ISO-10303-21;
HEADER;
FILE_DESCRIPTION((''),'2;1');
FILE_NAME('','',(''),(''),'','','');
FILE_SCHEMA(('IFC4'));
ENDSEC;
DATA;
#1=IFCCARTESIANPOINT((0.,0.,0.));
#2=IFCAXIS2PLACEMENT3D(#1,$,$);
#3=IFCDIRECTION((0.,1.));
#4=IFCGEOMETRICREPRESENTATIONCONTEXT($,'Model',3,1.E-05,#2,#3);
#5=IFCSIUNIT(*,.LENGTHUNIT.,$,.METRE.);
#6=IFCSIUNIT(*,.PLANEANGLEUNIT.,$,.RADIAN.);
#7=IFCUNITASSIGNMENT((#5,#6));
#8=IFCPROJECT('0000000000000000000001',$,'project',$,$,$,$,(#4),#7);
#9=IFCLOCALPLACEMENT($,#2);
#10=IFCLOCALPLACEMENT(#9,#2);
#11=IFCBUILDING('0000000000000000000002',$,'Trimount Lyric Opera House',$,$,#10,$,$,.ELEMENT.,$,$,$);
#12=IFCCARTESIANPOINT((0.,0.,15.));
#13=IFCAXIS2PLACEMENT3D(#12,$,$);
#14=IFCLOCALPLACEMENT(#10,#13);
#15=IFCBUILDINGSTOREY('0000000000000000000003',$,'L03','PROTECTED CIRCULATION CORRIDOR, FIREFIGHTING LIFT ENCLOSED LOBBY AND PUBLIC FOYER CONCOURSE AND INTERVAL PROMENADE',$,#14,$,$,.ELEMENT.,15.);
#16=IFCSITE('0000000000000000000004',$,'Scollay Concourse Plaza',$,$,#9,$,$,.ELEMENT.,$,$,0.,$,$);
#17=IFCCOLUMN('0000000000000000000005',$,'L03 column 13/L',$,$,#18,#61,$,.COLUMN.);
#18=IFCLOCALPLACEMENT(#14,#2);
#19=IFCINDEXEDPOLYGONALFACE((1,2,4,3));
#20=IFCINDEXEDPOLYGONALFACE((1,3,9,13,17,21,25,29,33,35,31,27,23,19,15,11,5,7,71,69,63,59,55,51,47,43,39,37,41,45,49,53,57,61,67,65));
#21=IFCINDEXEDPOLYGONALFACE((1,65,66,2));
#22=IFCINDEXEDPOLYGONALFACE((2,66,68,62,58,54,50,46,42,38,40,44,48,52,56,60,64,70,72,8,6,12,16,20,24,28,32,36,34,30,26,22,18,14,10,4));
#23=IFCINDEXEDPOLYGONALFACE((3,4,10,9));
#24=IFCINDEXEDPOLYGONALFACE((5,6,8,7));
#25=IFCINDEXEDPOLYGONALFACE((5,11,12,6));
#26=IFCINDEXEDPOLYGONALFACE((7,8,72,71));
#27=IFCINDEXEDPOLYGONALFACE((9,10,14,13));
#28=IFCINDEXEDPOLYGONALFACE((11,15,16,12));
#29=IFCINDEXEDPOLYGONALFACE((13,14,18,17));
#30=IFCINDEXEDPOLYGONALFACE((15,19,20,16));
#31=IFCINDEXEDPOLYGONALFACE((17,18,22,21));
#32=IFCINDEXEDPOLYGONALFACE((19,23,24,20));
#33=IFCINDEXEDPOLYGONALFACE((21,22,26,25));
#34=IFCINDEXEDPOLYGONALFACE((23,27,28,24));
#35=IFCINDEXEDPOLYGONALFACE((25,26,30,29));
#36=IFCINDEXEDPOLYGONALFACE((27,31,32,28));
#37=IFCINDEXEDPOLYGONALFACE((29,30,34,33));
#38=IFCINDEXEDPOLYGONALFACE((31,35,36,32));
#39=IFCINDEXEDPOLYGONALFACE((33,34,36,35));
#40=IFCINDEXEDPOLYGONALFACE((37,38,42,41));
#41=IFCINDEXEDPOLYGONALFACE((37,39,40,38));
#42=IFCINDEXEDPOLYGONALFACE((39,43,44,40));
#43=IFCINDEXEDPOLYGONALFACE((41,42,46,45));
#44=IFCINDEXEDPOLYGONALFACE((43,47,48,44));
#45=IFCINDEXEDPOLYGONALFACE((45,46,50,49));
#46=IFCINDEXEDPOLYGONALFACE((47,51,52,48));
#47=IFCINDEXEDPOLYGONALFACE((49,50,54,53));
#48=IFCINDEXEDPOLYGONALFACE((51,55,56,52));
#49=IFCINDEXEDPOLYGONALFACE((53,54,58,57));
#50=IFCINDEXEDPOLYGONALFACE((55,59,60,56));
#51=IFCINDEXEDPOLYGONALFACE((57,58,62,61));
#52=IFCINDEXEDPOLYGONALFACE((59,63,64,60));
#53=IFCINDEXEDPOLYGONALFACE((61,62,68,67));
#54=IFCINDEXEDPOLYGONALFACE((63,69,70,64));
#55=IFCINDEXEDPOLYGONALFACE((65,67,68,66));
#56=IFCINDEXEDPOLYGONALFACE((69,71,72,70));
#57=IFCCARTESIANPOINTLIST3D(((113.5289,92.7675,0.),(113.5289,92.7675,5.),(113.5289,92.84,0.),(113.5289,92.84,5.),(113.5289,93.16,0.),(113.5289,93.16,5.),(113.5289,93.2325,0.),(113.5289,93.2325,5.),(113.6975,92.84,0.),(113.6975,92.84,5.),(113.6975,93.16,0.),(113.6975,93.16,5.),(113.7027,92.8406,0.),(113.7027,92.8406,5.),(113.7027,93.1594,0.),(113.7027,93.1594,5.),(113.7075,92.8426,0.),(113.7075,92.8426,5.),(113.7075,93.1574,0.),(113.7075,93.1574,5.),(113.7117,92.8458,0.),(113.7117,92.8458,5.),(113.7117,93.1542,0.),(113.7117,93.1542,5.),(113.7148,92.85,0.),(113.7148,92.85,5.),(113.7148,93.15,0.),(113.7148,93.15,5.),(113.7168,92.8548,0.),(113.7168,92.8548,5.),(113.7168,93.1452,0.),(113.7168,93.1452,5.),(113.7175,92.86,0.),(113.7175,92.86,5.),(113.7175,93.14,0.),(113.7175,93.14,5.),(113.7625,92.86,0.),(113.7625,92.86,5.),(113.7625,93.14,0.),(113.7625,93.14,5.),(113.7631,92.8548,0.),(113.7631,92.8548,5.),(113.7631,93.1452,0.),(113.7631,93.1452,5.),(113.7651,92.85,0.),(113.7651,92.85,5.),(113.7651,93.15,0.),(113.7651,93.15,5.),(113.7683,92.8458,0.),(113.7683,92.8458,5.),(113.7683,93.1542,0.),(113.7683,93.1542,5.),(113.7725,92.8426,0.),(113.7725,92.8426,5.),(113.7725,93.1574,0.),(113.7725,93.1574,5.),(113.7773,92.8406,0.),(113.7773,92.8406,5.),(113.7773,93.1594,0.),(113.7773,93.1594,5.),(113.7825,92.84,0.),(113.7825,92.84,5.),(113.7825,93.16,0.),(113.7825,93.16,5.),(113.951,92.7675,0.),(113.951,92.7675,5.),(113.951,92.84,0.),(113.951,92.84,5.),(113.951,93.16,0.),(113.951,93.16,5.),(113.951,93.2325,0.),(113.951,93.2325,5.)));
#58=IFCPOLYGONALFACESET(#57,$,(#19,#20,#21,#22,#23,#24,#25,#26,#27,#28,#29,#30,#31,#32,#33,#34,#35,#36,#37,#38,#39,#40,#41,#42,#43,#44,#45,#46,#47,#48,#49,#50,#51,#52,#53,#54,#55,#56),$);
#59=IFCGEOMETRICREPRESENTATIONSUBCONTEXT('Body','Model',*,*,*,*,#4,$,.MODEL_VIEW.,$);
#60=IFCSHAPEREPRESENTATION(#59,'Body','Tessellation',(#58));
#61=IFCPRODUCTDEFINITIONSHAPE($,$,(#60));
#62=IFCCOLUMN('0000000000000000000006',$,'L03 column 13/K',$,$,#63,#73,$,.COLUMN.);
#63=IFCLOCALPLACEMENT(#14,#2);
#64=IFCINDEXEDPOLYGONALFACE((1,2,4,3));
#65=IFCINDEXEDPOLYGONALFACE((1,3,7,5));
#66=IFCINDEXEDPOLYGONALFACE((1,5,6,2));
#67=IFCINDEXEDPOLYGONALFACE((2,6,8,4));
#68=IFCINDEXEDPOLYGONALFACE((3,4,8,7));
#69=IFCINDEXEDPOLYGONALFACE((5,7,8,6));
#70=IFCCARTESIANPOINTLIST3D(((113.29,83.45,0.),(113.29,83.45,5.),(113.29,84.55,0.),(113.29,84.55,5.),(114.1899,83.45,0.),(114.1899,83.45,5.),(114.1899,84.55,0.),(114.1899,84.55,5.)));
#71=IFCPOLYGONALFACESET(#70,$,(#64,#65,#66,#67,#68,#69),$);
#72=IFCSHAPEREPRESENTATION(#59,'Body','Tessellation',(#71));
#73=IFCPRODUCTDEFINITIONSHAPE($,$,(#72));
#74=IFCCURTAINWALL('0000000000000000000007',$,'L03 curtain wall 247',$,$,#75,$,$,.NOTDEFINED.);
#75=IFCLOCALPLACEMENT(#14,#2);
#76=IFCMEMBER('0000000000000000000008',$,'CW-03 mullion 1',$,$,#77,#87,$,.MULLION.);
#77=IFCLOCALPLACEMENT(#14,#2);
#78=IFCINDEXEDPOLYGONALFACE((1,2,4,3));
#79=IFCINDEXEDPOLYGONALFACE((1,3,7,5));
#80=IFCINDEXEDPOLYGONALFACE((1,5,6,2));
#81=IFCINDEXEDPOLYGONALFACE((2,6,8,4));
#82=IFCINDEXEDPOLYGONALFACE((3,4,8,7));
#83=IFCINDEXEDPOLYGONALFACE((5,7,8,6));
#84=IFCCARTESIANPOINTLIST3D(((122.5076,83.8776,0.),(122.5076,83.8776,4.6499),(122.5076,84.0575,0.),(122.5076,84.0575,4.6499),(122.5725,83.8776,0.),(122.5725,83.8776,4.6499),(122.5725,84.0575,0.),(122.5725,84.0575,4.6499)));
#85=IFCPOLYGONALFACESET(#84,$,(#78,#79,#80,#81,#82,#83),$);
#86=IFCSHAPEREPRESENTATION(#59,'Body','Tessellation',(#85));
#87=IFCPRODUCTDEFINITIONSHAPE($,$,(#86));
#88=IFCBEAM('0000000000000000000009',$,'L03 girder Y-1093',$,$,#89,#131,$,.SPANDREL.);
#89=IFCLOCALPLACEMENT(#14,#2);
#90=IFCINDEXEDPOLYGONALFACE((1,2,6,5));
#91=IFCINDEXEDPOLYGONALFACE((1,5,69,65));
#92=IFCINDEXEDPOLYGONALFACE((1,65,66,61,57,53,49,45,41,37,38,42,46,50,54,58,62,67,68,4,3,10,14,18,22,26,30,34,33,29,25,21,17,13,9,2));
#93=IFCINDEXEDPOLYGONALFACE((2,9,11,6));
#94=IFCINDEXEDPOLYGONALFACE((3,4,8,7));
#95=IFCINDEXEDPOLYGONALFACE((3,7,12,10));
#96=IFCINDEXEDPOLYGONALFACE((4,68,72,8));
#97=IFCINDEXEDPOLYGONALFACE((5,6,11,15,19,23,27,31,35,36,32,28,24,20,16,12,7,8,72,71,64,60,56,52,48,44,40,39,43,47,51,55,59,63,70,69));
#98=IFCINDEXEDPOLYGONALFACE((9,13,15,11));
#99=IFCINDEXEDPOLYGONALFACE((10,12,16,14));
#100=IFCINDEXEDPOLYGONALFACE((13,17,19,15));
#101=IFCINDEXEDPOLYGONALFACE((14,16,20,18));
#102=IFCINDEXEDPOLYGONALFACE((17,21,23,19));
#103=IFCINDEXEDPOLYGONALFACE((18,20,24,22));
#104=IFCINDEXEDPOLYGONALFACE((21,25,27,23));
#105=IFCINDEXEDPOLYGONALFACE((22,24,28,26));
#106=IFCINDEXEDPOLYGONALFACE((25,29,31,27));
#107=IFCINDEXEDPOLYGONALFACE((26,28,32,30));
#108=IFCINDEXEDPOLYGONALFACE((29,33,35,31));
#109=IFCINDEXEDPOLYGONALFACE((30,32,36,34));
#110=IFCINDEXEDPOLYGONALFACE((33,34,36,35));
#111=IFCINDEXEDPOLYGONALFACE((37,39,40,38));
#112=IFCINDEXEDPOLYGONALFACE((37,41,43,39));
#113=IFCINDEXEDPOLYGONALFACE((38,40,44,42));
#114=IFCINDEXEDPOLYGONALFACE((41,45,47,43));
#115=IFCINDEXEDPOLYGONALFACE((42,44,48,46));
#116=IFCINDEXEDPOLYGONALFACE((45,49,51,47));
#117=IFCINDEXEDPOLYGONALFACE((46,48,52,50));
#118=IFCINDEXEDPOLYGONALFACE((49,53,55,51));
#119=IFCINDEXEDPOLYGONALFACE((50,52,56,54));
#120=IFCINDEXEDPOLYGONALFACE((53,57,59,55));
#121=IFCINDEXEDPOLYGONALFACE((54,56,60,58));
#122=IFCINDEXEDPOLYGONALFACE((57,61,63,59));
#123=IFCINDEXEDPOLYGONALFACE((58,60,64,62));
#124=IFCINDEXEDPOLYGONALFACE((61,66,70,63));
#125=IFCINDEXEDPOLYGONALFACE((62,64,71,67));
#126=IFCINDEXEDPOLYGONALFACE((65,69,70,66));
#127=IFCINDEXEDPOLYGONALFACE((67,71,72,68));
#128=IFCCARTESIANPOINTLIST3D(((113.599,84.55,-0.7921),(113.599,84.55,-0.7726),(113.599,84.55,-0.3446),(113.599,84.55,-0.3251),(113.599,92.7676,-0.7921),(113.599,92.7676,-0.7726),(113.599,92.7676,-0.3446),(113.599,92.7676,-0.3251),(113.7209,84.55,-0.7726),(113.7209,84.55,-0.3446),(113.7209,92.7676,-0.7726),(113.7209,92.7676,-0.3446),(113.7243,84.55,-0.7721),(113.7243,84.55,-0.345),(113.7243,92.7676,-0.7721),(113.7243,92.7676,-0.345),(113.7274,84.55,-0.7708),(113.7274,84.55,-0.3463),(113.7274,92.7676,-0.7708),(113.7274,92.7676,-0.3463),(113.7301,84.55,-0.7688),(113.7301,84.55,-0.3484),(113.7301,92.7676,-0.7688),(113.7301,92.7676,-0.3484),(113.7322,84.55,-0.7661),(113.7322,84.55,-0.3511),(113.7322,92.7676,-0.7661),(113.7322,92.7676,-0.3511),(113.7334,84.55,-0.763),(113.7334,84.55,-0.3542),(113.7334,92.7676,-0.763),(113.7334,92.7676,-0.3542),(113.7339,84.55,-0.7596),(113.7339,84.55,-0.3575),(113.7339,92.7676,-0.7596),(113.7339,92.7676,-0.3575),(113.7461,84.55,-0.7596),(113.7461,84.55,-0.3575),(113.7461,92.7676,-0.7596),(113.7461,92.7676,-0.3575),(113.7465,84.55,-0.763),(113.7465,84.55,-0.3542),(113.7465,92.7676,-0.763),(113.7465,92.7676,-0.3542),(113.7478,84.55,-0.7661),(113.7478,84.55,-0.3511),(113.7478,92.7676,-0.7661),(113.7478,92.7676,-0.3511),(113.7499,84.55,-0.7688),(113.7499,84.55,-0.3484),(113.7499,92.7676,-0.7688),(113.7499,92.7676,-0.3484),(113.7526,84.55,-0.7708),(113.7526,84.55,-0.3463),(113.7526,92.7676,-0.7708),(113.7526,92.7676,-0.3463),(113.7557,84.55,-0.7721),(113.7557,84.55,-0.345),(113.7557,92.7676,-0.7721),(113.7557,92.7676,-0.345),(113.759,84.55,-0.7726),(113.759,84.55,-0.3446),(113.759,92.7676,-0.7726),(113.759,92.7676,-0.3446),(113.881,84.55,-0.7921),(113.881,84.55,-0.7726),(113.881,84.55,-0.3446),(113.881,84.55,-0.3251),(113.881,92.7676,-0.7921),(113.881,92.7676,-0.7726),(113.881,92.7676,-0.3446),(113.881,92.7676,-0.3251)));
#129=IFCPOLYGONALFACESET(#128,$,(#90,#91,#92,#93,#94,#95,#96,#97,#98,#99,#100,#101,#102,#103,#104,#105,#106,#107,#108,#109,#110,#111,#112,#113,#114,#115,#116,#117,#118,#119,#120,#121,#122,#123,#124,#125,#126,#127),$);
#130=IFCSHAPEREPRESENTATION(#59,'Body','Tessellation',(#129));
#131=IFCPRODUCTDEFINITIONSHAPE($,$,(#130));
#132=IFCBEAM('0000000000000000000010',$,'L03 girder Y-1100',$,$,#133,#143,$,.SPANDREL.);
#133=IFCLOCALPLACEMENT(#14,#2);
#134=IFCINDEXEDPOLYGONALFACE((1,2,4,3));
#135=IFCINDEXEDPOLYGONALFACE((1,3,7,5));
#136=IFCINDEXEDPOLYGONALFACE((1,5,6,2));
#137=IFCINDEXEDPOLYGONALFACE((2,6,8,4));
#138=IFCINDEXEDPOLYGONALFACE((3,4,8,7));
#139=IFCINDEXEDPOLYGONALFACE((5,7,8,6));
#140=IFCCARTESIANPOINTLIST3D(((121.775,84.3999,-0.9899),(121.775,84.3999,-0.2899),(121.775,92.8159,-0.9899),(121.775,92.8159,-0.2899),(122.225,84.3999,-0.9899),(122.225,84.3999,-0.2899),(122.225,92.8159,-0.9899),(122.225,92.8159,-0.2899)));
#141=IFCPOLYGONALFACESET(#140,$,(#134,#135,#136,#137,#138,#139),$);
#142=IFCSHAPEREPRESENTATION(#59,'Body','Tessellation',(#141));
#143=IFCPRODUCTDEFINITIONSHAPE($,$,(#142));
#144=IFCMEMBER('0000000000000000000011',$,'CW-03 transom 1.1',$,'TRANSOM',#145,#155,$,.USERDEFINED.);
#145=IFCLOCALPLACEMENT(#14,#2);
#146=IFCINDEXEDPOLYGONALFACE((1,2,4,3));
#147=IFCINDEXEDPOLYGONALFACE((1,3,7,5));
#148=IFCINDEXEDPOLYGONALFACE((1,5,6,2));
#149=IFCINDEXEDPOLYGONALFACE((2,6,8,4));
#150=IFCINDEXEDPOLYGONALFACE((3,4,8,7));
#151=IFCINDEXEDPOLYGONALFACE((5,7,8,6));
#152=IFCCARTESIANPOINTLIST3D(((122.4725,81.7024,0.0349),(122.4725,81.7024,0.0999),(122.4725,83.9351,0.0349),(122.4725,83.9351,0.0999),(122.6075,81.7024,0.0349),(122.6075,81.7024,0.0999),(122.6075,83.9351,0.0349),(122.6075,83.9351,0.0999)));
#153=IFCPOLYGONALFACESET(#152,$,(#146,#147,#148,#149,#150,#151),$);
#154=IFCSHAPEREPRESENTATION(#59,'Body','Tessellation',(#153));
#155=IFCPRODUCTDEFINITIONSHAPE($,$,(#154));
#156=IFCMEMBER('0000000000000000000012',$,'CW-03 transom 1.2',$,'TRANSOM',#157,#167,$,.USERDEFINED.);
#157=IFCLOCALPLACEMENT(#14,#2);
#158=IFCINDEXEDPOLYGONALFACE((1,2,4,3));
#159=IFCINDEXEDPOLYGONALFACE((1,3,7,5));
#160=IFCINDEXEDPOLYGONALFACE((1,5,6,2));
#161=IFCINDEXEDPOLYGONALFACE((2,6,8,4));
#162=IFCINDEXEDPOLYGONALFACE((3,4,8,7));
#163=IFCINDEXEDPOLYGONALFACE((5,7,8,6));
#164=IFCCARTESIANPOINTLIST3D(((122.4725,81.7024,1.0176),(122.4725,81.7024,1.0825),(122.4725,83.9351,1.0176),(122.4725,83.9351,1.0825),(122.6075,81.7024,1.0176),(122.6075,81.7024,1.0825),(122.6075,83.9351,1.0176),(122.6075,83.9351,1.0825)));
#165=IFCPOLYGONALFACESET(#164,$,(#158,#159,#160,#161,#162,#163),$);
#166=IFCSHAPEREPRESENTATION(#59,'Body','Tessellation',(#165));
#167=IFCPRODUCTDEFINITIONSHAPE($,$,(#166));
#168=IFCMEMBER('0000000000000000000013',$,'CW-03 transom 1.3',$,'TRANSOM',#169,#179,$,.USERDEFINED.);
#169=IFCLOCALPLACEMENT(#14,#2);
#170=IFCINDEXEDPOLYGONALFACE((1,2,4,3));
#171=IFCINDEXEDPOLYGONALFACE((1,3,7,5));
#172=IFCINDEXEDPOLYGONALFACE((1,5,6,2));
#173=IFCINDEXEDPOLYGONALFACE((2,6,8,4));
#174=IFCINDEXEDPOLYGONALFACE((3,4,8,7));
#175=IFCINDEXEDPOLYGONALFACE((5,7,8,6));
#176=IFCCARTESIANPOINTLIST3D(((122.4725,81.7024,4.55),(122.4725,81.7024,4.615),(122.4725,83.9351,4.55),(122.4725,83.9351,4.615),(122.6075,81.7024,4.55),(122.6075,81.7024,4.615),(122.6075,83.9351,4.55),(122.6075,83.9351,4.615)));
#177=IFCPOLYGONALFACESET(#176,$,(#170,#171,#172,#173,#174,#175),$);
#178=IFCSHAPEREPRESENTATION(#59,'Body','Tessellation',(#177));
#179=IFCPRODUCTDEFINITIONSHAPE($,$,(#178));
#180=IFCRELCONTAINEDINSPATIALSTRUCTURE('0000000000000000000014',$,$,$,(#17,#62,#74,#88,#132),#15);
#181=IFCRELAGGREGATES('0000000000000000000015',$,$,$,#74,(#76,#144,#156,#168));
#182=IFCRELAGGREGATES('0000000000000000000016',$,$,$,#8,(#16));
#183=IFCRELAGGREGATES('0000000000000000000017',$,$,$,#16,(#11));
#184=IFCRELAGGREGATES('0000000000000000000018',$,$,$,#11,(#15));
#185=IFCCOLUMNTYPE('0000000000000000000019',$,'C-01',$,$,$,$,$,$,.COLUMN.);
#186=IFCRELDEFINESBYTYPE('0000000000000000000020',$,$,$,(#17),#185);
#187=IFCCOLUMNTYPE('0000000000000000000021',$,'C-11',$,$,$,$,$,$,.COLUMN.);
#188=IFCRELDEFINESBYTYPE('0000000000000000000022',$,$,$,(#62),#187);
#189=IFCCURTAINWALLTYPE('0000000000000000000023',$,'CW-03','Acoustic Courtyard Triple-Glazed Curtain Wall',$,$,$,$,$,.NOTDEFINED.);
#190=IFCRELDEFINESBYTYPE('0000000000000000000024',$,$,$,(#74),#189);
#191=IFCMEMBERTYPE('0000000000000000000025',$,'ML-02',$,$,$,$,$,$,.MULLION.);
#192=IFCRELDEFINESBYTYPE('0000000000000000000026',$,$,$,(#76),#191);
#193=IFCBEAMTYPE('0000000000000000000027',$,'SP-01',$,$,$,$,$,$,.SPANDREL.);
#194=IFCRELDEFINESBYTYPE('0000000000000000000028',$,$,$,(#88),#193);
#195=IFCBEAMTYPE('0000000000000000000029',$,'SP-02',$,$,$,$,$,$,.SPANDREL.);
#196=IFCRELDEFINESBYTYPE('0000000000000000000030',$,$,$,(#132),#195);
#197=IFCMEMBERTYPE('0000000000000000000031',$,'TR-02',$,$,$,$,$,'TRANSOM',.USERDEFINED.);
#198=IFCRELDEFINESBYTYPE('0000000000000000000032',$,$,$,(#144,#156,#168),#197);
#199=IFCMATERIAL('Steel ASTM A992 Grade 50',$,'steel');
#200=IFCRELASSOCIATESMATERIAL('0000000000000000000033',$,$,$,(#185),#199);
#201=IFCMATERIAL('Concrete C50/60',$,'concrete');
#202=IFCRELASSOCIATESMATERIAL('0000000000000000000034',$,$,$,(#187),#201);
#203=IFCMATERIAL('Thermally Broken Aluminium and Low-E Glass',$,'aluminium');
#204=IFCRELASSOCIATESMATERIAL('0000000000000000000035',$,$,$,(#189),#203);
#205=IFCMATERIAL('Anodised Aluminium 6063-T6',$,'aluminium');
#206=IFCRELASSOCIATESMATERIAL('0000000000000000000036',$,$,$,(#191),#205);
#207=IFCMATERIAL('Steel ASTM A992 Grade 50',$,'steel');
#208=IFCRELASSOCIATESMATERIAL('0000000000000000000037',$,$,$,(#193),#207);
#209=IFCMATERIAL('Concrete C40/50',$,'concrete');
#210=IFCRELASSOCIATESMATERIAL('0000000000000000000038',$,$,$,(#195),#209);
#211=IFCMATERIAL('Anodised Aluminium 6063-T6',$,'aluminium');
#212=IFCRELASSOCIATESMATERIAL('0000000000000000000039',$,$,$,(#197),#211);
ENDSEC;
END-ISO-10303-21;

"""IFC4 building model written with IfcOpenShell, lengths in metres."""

from ifc_helpers import new_model, si_unit, direction, frame, origin, origin_2d, place, context, subcontext, project, spatial, rectangle, i_section, extrude, material, material_profile, profile_set, type_object, element, aggregate, save


model = new_model("IFC4")

# Units and contexts
model_context = context("Model", 3, precision=1e-05, world=origin(), true_north=direction((0.0, 1.0)))
body_context = subcontext(model_context, "Body", "Model", "MODEL_VIEW")
ifc_project = project(units=[si_unit("LENGTHUNIT", "METRE"), si_unit("PLANEANGLEUNIT", "RADIAN")], contexts=[model_context])

# Site, building, storey
site_placement = place(None, origin())
site = spatial("IfcSite", under=ifc_project, at=site_placement, Name="Scollay Concourse Plaza", CompositionType="ELEMENT", RefElevation=0.0)
building_placement = place(site_placement, origin())
building = spatial("IfcBuilding", under=site, at=building_placement, Name="Trimount Lyric Opera House", CompositionType="ELEMENT")
storey_placement = place(building_placement, frame((0.0, 0.0, 15.0)))
storey = spatial("IfcBuildingStorey", under=building, at=storey_placement, Name="L03", Description="PROTECTED CIRCULATION CORRIDOR, FIREFIGHTING LIFT ENCLOSED LOBBY AND PUBLIC FOYER CONCOURSE AND INTERVAL PROMENADE", CompositionType="ELEMENT", Elevation=15.0)

# Columns
ifc_material_1 = material(Name="Steel ASTM A992 Grade 50", Category="steel")
ifc_material_profile_1 = material_profile(ifc_material_1, i_section(OverallWidth=0.4221, OverallDepth=0.4651, WebThickness=0.0449, FlangeThickness=0.0725, FilletRadius=0.02, at=origin_2d()), Name="W14X398")
ifc_profile_set_1 = profile_set([ifc_material_profile_1], Name="Steel ASTM A992 Grade 50")
column_type_1 = type_object("IfcColumnType", Name="C-01", PredefinedType="COLUMN", material=ifc_profile_set_1)
column_1_placement = place(storey_placement, frame((113.74, 93.0, 0.0), z_axis=(0.0, 0.0, 1.0), x_axis=(1.0, 0.0, 0.0)))
element("IfcColumn", 1, at=column_1_placement, inside=storey, type_object=column_type_1, Name="L03 column 13/L", PredefinedType="COLUMN", context=body_context, shape_type="SweptSolid", body=[
    extrude(i_section(OverallWidth=0.4221, OverallDepth=0.4651, WebThickness=0.0449, FlangeThickness=0.0725, FilletRadius=0.02, at=origin_2d()), origin(), (0.0, 0.0, 1.0), 5.0),
])
ifc_material_2 = material(Name="Concrete C50/60", Category="concrete")
ifc_material_profile_2 = material_profile(ifc_material_2, rectangle(XDim=0.8999, YDim=1.1001, at=origin_2d()), Name="RC1100X900")
ifc_profile_set_2 = profile_set([ifc_material_profile_2], Name="Concrete C50/60")
column_type_2 = type_object("IfcColumnType", Name="C-11", PredefinedType="COLUMN", material=ifc_profile_set_2)
column_2_placement = place(storey_placement, frame((113.74, 84.0, 0.0), z_axis=(0.0, 0.0, 1.0), x_axis=(1.0, 0.0, 0.0)))
element("IfcColumn", 2, at=column_2_placement, inside=storey, type_object=column_type_2, Name="L03 column 13/K", PredefinedType="COLUMN", context=body_context, shape_type="SweptSolid", body=[
    extrude(rectangle(XDim=0.8999, YDim=1.1001, at=origin_2d()), origin(), (0.0, 0.0, 1.0), 5.0),
])

# Curtain wall, member
ifc_material_3 = material(Name="Thermally Broken Aluminium and Low-E Glass", Category="aluminium")
curtain_wall_type = type_object("IfcCurtainWallType", Name="CW-03", Description="Acoustic Courtyard Triple-Glazed Curtain Wall", PredefinedType="NOTDEFINED", material=ifc_material_3)
curtain_wall_placement = place(storey_placement, origin())
curtain_wall = element("IfcCurtainWall", 3, at=curtain_wall_placement, inside=storey, type_object=curtain_wall_type, Name="L03 curtain wall 247", PredefinedType="NOTDEFINED")
ifc_material_4 = material(Name="Anodised Aluminium 6063-T6", Category="aluminium")
ifc_material_profile_3 = material_profile(ifc_material_4, rectangle(XDim=0.0649, YDim=0.1799, at=origin_2d()), Name="ALU-MULL-65X180")
ifc_profile_set_3 = profile_set([ifc_material_profile_3], Name="Anodised Aluminium 6063-T6")
member_type_1 = type_object("IfcMemberType", Name="ML-02", PredefinedType="MULLION", material=ifc_profile_set_3)
member_1_placement = place(storey_placement, frame((122.54, 83.9675, 0.0), z_axis=(0.0, 0.0, 1.0), x_axis=(1.0, 0.0, 0.0)))
member_1 = element("IfcMember", 4, at=member_1_placement, type_object=member_type_1, Name="CW-03 mullion 1", PredefinedType="MULLION", context=body_context, shape_type="SweptSolid", body=[
    extrude(rectangle(XDim=0.0649, YDim=0.1799, at=origin_2d()), origin(), (0.0, 0.0, 1.0), 4.6499),
])

# Beams
ifc_material_5 = material(Name="Steel ASTM A992 Grade 50", Category="steel")
ifc_material_profile_4 = material_profile(ifc_material_5, i_section(OverallWidth=0.282, OverallDepth=0.467, WebThickness=0.0122, FlangeThickness=0.0195, FilletRadius=0.0129, at=origin_2d()), Name="W18X86")
ifc_profile_set_4 = profile_set([ifc_material_profile_4], Name="Steel ASTM A992 Grade 50")
beam_type_1 = type_object("IfcBeamType", Name="SP-01", PredefinedType="SPANDREL", material=ifc_profile_set_4)
beam_1_placement = place(storey_placement, frame((113.74, 84.55, -0.5586), z_axis=(0.0, 1.0, 0.0), x_axis=(-1.0, 0.0, 0.0)))
element("IfcBeam", 5, at=beam_1_placement, inside=storey, type_object=beam_type_1, Name="L03 girder Y-1093", PredefinedType="SPANDREL", context=body_context, shape_type="SweptSolid", body=[
    extrude(i_section(OverallWidth=0.282, OverallDepth=0.467, WebThickness=0.0122, FlangeThickness=0.0195, FilletRadius=0.0129, at=origin_2d()), origin(), (0.0, 0.0, 1.0), 8.2175),
])
ifc_material_6 = material(Name="Concrete C40/50", Category="concrete")
ifc_material_profile_5 = material_profile(ifc_material_6, rectangle(XDim=0.45, YDim=0.7, at=origin_2d()), Name="RC450X700")
ifc_profile_set_5 = profile_set([ifc_material_profile_5], Name="Concrete C40/50")
beam_type_2 = type_object("IfcBeamType", Name="SP-02", PredefinedType="SPANDREL", material=ifc_profile_set_5)
beam_2_placement = place(storey_placement, frame((122.0, 84.3999, -0.6399), z_axis=(0.0, 1.0, 0.0), x_axis=(-1.0, 0.0, 0.0)))
element("IfcBeam", 6, at=beam_2_placement, inside=storey, type_object=beam_type_2, Name="L03 girder Y-1100", PredefinedType="SPANDREL", context=body_context, shape_type="SweptSolid", body=[
    extrude(rectangle(XDim=0.45, YDim=0.7, at=origin_2d()), origin(), (0.0, 0.0, 1.0), 8.416),
])

# Members
ifc_material_7 = material(Name="Anodised Aluminium 6063-T6", Category="aluminium")
ifc_material_profile_6 = material_profile(ifc_material_7, rectangle(XDim=0.135, YDim=0.0649, at=origin_2d()), Name="ALU-TRAN-65X135")
ifc_profile_set_6 = profile_set([ifc_material_profile_6], Name="Anodised Aluminium 6063-T6")
member_type_2 = type_object("IfcMemberType", Name="TR-02", ElementType="TRANSOM", PredefinedType="USERDEFINED", material=ifc_profile_set_6)
member_2_placement = place(storey_placement, frame((122.54, 83.9351, 0.0674), z_axis=(0.0, -1.0, 0.0), x_axis=(1.0, 0.0, 0.0)))
member_2 = element("IfcMember", 7, at=member_2_placement, type_object=member_type_2, Name="CW-03 transom 1.1", ObjectType="TRANSOM", PredefinedType="USERDEFINED", context=body_context, shape_type="SweptSolid", body=[
    extrude(rectangle(XDim=0.135, YDim=0.0649, at=origin_2d()), origin(), (0.0, 0.0, 1.0), 2.2327),
])
member_3_placement = place(storey_placement, frame((122.54, 83.9351, 1.05), z_axis=(0.0, -1.0, 0.0), x_axis=(1.0, 0.0, 0.0)))
member_3 = element("IfcMember", 8, at=member_3_placement, type_object=member_type_2, Name="CW-03 transom 1.2", ObjectType="TRANSOM", PredefinedType="USERDEFINED", context=body_context, shape_type="SweptSolid", body=[
    extrude(rectangle(XDim=0.135, YDim=0.0649, at=origin_2d()), origin(), (0.0, 0.0, 1.0), 2.2327),
])
member_4_placement = place(storey_placement, frame((122.54, 83.9351, 4.5825), z_axis=(0.0, -1.0, 0.0), x_axis=(1.0, 0.0, 0.0)))
member_4 = element("IfcMember", 9, at=member_4_placement, type_object=member_type_2, Name="CW-03 transom 1.3", ObjectType="TRANSOM", PredefinedType="USERDEFINED", context=body_context, shape_type="SweptSolid", body=[
    extrude(rectangle(XDim=0.135, YDim=0.0649, at=origin_2d()), origin(), (0.0, 0.0, 1.0), 2.2327),
])
aggregate(curtain_wall, [member_1, member_2, member_3, member_4])

save(model, "model.ifc")
